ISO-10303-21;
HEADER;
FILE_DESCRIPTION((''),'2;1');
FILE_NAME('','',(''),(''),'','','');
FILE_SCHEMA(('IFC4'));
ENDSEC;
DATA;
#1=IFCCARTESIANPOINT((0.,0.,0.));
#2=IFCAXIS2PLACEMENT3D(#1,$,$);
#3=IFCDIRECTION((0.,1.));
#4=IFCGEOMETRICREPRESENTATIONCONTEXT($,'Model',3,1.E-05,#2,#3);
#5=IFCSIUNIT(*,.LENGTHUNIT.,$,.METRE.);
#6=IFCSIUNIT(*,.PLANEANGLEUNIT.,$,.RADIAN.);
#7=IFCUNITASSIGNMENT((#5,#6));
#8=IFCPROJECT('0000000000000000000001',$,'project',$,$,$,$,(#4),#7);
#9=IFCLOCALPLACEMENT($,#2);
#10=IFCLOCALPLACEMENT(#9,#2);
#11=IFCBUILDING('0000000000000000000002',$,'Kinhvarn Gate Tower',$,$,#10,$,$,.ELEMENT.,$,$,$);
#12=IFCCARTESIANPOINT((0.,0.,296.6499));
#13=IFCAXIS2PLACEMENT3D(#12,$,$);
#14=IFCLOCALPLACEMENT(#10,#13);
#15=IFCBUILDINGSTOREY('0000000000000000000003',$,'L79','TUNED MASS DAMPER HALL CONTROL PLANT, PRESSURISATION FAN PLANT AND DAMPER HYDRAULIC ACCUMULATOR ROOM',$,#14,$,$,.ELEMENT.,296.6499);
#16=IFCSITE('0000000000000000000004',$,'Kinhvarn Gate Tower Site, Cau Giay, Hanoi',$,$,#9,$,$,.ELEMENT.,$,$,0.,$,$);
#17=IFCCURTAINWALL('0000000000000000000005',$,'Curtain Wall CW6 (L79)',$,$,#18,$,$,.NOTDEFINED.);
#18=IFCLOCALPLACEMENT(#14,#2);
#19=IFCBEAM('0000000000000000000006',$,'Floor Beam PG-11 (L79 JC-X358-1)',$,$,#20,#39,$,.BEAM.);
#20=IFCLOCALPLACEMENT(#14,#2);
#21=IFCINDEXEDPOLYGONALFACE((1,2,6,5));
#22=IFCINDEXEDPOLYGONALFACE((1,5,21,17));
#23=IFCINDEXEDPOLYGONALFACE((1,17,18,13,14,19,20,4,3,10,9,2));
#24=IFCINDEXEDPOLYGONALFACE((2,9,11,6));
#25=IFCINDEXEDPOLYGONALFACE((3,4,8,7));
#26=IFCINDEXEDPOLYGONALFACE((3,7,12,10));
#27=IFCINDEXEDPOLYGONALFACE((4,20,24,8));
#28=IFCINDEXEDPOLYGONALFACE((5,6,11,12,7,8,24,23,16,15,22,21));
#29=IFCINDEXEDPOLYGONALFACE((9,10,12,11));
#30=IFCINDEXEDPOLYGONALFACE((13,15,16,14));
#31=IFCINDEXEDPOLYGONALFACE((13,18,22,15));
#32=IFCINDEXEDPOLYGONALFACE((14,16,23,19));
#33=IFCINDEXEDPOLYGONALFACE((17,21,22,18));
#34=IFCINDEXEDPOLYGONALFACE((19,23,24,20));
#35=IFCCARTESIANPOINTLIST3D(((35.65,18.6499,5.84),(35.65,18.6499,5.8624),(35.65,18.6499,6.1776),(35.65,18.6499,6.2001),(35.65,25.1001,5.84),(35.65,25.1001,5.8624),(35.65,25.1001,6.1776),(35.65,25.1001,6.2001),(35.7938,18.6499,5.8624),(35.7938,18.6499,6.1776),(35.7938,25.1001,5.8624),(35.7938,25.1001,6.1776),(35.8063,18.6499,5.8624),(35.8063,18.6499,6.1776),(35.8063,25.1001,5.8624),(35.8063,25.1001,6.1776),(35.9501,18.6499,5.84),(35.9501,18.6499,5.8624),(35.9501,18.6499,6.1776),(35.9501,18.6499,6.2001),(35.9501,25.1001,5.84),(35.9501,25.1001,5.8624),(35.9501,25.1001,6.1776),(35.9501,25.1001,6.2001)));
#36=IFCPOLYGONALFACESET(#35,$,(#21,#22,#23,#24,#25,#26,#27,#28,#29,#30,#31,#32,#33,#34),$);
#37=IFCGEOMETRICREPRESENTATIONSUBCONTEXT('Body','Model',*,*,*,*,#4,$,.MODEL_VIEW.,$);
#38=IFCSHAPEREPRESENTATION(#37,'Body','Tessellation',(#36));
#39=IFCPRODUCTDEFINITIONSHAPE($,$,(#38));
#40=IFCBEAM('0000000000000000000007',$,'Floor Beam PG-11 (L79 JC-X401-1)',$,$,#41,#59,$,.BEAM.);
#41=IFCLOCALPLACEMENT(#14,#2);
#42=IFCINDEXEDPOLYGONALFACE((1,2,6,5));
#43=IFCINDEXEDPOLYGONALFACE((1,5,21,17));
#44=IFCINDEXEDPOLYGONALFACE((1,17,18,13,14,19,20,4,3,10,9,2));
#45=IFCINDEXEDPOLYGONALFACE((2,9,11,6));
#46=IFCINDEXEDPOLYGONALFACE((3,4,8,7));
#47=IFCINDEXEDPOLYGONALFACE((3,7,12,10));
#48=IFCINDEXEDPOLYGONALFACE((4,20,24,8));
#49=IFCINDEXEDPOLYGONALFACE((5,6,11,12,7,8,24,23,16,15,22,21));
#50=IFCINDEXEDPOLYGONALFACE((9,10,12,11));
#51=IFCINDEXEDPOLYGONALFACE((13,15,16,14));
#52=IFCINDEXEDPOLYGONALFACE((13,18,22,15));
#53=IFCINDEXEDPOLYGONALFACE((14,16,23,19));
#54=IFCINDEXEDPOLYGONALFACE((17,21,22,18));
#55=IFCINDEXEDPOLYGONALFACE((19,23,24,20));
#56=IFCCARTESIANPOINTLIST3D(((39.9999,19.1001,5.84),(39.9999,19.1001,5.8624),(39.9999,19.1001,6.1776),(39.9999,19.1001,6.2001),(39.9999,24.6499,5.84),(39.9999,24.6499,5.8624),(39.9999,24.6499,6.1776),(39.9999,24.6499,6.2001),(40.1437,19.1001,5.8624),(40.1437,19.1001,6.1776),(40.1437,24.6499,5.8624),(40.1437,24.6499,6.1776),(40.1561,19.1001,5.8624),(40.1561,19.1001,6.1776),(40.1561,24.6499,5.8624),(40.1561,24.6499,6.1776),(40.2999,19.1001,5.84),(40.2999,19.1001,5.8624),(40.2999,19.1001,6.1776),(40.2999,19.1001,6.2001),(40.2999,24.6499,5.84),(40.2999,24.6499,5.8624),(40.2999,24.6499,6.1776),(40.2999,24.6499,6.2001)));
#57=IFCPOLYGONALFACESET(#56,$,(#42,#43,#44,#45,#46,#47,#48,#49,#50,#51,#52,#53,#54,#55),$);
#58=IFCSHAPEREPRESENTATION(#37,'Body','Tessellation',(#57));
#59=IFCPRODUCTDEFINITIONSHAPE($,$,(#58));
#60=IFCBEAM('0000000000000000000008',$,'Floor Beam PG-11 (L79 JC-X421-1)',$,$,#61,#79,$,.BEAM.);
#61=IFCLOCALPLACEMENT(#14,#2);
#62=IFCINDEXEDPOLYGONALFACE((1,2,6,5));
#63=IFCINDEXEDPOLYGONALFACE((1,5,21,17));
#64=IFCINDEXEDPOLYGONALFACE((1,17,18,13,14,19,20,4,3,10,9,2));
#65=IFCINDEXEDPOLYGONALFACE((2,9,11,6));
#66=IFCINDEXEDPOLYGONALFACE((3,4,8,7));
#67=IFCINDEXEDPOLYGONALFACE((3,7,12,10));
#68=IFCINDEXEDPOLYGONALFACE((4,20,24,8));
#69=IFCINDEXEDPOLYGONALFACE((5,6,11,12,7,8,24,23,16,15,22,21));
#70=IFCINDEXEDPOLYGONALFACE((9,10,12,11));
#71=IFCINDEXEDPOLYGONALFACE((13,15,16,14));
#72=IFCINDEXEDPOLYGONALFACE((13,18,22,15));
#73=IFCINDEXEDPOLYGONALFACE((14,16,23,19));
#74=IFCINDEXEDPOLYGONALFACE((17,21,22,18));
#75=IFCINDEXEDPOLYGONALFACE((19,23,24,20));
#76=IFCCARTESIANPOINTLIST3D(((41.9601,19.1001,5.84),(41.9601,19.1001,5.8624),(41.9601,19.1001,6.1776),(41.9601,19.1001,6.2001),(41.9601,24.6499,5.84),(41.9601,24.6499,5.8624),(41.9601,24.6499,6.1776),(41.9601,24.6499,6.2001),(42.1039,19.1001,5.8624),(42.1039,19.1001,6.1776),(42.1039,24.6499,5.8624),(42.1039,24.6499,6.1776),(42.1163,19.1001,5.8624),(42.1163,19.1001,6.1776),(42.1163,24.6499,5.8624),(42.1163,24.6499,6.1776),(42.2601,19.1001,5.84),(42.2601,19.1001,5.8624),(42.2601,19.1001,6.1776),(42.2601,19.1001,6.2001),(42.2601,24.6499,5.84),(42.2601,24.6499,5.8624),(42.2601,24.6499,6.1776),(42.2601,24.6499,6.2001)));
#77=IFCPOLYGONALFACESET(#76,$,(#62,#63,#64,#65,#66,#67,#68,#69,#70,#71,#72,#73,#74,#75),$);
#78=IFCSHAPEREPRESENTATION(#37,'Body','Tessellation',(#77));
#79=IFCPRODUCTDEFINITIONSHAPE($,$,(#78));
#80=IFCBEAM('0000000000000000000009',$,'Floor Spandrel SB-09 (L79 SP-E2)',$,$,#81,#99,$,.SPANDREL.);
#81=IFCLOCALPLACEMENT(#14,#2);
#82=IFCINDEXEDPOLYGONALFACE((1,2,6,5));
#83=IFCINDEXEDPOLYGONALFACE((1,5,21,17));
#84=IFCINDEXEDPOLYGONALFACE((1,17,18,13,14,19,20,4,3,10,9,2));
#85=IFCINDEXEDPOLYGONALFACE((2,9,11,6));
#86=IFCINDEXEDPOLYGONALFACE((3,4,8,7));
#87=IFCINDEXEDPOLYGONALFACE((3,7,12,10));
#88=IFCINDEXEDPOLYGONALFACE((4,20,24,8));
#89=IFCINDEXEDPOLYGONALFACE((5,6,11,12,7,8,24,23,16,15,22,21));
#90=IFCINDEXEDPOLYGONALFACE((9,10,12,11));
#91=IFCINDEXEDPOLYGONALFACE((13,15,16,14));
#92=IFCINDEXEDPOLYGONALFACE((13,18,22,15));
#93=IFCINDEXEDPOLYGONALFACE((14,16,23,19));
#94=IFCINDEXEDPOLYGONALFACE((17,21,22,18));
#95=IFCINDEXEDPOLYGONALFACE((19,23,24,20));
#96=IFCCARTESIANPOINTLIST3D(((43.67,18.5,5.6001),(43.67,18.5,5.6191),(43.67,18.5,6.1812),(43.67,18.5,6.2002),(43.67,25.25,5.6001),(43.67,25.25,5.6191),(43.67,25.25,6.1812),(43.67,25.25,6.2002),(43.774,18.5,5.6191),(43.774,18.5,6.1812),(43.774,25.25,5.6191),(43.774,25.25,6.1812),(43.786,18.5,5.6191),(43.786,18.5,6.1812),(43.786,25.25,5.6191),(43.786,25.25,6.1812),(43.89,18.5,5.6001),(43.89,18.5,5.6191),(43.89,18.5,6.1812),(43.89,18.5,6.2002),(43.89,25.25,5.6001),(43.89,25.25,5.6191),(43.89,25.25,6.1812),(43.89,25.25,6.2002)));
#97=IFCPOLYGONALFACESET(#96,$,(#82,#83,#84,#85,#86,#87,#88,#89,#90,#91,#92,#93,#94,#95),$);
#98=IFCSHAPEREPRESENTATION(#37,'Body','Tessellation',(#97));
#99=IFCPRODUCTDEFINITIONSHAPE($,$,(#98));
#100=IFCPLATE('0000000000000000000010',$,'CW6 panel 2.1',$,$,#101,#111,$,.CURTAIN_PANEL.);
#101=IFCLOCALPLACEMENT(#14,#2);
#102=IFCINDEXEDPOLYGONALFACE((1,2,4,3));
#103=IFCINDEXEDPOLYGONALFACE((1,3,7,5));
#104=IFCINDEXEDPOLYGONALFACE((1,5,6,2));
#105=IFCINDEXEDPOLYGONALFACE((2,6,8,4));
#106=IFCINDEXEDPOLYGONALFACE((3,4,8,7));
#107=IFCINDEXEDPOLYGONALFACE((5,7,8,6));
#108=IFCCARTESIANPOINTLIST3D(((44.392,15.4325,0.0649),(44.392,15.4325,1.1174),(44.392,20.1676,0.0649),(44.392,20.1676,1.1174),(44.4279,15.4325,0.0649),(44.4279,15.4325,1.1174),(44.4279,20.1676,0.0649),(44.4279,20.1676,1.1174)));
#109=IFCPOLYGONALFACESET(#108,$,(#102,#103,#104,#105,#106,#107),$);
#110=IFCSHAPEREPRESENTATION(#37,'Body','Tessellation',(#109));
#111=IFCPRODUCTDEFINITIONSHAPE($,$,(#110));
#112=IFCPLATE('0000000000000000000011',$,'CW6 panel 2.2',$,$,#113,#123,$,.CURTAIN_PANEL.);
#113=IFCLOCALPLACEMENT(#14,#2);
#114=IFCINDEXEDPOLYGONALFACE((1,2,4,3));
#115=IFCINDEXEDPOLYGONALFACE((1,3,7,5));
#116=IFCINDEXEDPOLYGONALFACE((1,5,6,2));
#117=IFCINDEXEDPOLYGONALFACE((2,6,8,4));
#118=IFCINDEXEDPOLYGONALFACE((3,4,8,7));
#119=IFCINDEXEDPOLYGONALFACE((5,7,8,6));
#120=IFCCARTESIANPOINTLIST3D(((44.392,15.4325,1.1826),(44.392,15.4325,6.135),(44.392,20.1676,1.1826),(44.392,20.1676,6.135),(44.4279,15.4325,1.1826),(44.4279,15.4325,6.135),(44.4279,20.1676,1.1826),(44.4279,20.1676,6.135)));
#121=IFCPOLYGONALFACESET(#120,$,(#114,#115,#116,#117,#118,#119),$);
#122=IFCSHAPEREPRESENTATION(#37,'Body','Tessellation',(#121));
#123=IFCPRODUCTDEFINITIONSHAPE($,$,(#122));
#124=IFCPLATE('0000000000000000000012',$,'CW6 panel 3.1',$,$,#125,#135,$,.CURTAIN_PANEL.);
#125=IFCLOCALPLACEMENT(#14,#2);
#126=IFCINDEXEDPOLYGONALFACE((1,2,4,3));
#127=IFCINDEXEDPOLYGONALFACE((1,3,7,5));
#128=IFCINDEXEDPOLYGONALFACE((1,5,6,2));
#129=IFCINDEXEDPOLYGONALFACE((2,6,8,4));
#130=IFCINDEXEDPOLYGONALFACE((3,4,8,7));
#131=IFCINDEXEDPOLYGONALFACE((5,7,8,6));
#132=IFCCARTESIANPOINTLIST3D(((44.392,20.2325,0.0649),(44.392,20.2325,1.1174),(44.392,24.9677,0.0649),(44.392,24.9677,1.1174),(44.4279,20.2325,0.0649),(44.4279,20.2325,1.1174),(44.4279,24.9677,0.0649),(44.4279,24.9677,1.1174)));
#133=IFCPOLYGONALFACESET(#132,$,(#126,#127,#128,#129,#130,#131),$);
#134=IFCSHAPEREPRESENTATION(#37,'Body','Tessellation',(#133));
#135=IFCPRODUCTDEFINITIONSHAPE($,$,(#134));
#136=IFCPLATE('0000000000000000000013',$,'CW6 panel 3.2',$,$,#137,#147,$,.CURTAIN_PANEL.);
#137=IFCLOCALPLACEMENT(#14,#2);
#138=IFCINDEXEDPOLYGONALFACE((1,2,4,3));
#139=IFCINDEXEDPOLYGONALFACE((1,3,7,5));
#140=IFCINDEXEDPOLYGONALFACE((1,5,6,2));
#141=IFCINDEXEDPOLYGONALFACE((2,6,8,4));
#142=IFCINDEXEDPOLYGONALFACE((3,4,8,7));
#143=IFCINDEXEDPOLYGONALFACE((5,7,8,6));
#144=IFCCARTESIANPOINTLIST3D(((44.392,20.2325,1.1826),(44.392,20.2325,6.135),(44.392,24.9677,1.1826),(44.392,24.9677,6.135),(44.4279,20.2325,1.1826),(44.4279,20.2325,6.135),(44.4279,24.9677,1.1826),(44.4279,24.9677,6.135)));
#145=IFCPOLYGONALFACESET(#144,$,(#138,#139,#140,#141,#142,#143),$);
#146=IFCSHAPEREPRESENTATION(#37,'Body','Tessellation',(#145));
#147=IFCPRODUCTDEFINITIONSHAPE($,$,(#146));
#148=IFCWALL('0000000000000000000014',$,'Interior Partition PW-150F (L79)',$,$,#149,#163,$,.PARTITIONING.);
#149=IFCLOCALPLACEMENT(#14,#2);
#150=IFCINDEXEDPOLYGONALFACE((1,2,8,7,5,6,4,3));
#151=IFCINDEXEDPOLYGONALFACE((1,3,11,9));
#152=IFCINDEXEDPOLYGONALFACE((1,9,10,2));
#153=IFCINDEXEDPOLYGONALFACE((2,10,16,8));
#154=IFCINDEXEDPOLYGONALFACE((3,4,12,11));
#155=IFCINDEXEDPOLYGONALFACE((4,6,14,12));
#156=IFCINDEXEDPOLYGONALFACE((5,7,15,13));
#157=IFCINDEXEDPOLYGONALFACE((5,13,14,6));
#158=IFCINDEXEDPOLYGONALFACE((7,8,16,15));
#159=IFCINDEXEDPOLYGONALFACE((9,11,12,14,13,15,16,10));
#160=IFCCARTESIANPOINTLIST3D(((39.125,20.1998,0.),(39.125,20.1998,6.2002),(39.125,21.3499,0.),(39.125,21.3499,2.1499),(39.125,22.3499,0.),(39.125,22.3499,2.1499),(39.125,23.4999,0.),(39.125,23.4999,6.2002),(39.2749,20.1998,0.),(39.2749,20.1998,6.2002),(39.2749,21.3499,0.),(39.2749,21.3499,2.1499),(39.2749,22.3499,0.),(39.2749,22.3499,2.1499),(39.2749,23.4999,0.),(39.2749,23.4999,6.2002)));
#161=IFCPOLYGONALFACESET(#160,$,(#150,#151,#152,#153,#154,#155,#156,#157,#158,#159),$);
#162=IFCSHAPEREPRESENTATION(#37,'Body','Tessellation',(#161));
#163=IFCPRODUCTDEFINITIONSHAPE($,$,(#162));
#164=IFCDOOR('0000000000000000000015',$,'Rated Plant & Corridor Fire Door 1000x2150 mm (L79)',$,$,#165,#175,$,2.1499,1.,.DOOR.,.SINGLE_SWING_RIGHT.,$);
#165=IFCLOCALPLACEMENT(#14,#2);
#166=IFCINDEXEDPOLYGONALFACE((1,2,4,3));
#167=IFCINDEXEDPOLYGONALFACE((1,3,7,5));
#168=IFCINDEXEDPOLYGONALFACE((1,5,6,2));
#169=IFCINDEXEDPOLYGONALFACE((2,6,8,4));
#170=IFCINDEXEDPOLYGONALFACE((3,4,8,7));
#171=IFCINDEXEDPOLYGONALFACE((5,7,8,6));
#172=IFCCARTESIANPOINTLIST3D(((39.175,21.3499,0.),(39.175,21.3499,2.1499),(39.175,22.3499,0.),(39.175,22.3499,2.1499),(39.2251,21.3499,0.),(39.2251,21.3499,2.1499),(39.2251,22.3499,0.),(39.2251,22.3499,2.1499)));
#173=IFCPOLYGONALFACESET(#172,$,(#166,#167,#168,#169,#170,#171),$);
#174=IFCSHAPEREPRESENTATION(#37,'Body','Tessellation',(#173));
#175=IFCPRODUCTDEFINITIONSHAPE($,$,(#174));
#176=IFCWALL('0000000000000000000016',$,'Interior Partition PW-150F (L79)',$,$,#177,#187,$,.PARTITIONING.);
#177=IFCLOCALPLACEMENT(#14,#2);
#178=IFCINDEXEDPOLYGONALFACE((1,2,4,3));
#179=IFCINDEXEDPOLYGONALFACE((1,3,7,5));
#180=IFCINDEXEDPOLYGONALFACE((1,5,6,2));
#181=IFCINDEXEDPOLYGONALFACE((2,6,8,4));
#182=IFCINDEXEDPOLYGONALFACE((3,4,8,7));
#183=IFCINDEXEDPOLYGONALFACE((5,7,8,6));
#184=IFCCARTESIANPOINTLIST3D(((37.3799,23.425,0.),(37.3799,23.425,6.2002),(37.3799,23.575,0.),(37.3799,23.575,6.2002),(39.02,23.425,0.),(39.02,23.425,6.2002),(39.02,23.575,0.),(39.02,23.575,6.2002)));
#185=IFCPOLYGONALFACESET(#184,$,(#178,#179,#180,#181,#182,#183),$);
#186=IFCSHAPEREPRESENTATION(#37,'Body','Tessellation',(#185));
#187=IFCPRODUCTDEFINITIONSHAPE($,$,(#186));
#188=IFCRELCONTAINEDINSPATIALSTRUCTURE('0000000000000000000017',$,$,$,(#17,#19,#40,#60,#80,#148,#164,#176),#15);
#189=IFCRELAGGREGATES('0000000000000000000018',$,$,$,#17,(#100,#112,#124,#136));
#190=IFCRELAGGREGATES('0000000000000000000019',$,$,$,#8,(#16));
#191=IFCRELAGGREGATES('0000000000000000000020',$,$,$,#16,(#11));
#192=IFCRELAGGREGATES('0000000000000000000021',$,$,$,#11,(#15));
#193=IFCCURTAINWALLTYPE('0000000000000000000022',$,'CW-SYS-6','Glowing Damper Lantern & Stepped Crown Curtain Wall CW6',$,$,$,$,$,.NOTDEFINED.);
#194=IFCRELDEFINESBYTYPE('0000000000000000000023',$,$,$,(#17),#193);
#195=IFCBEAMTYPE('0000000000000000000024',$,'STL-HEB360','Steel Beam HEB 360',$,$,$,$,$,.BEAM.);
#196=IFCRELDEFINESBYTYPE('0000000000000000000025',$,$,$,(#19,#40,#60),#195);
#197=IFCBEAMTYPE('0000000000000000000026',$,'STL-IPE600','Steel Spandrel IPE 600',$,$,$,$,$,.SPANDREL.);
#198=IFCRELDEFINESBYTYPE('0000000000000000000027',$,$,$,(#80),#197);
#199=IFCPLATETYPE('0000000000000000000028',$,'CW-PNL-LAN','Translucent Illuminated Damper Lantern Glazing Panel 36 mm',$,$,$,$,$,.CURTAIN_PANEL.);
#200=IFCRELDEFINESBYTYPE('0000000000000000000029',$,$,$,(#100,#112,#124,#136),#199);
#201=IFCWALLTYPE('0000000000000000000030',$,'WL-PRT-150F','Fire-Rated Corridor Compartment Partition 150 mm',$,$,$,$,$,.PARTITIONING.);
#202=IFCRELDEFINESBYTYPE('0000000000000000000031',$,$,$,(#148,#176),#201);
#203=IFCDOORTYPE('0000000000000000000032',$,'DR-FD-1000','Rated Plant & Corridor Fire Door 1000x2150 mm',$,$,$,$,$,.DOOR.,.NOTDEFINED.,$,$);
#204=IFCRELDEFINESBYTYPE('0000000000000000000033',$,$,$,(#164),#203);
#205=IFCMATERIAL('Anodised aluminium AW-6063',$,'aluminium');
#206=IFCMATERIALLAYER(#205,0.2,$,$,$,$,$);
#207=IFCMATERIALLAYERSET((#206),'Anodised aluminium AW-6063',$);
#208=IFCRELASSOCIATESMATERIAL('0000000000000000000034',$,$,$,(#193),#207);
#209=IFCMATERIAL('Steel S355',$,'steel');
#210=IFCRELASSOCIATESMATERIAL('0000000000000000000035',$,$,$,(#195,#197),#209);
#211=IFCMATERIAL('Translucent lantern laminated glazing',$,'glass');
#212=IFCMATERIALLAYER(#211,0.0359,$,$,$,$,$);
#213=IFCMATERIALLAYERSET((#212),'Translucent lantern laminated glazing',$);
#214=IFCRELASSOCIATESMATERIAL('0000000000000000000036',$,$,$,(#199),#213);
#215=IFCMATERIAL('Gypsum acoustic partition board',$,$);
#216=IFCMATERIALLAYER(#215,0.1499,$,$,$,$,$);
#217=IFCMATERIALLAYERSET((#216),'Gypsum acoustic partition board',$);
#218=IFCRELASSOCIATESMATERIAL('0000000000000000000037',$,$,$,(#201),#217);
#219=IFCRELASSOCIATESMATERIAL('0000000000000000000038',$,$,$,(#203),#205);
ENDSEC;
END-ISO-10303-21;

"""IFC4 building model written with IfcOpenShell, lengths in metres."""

from ifc_helpers import new_model, si_unit, direction, frame, frame_2d, origin, origin_2d, place, context, subcontext, project, spatial, rectangle, i_section, extrude, material, layer, layer_set, material_profile, profile_set, type_object, element, fill, aggregate, save


model = new_model("IFC4")

# Units and contexts
model_context = context("Model", 3, precision=1e-05, world=origin(), true_north=direction((0.0, 1.0)))
body_context = subcontext(model_context, "Body", "Model", "MODEL_VIEW")
ifc_project = project(units=[si_unit("LENGTHUNIT", "METRE"), si_unit("PLANEANGLEUNIT", "RADIAN")], contexts=[model_context])

# Site, building, storey
site_placement = place(None, origin())
site = spatial("IfcSite", under=ifc_project, at=site_placement, Name="Kinhvarn Gate Tower Site, Cau Giay, Hanoi", CompositionType="ELEMENT", RefElevation=0.0)
building_placement = place(site_placement, origin())
building = spatial("IfcBuilding", under=site, at=building_placement, Name="Kinhvarn Gate Tower", CompositionType="ELEMENT")
storey_placement = place(building_placement, frame((0.0, 0.0, 296.6499)))
storey = spatial("IfcBuildingStorey", under=building, at=storey_placement, Name="L79", Description="TUNED MASS DAMPER HALL CONTROL PLANT, PRESSURISATION FAN PLANT AND DAMPER HYDRAULIC ACCUMULATOR ROOM", CompositionType="ELEMENT", Elevation=296.6499)

# Shared definitions
ifc_material_1 = material(Name="Steel S355", Category="steel")

# Curtain wall
ifc_material_2 = material(Name="Anodised aluminium AW-6063", Category="aluminium")
ifc_layer_1 = layer(ifc_material_2, 0.2)
ifc_layer_set_1 = layer_set([ifc_layer_1], Name="Anodised aluminium AW-6063")
curtain_wall_type = type_object("IfcCurtainWallType", Name="CW-SYS-6", Description="Glowing Damper Lantern & Stepped Crown Curtain Wall CW6", PredefinedType="NOTDEFINED", material=ifc_layer_set_1)
curtain_wall_placement = place(storey_placement, origin())
curtain_wall = element("IfcCurtainWall", 1, at=curtain_wall_placement, inside=storey, type_object=curtain_wall_type, Name="Curtain Wall CW6 (L79)", PredefinedType="NOTDEFINED")

# Beams
ifc_material_profile_1 = material_profile(ifc_material_1, i_section(OverallWidth=0.3, OverallDepth=0.3601, WebThickness=0.0125, FlangeThickness=0.0225, at=origin_2d()), Name="HEB 360")
ifc_profile_set_1 = profile_set([ifc_material_profile_1], Name="Steel S355")
beam_type_1 = type_object("IfcBeamType", Name="STL-HEB360", Description="Steel Beam HEB 360", PredefinedType="BEAM", material=ifc_profile_set_1)
beam_1_placement = place(storey_placement, frame((35.8, 18.6499, 6.02), z_axis=(0.0, 1.0, 0.0), x_axis=(-1.0, 0.0, 0.0)))
element("IfcBeam", 2, at=beam_1_placement, inside=storey, type_object=beam_type_1, Name="Floor Beam PG-11 (L79 JC-X358-1)", PredefinedType="BEAM", context=body_context, shape_type="SweptSolid", body=[
    extrude(i_section(OverallWidth=0.3, OverallDepth=0.3601, WebThickness=0.0125, FlangeThickness=0.0225, at=origin_2d()), origin(), (0.0, 0.0, 1.0), 6.4502),
])
for number, where, z_axis, x_axis, name in (
    (3, (40.1499, 19.1001, 6.02), (0.0, 1.0, 0.0), (-1.0, 0.0, 0.0), "Floor Beam PG-11 (L79 JC-X401-1)"),
    (4, (42.1101, 19.1001, 6.02), (0.0, 1.0, 0.0), (-1.0, 0.0, 0.0), "Floor Beam PG-11 (L79 JC-X421-1)"),
):
    element("IfcBeam", number, at=place(storey_placement, frame(where, z_axis=z_axis, x_axis=x_axis)), inside=storey, type_object=beam_type_1, Name=name, PredefinedType="BEAM", context=body_context, shape_type="SweptSolid", body=[
        extrude(i_section(OverallWidth=0.3, OverallDepth=0.3601, WebThickness=0.0125, FlangeThickness=0.0225, at=origin_2d()), origin(), (0.0, 0.0, 1.0), 5.5498),
    ])
ifc_material_profile_2 = material_profile(ifc_material_1, i_section(OverallWidth=0.22, OverallDepth=0.6001, WebThickness=0.012, FlangeThickness=0.019, at=origin_2d()), Name="IPE 600")
ifc_profile_set_2 = profile_set([ifc_material_profile_2], Name="Steel S355")
beam_type_2 = type_object("IfcBeamType", Name="STL-IPE600", Description="Steel Spandrel IPE 600", PredefinedType="SPANDREL", material=ifc_profile_set_2)
beam_2_placement = place(storey_placement, frame((43.78, 18.5, 5.9001), z_axis=(0.0, 1.0, 0.0), x_axis=(-1.0, 0.0, 0.0)))
element("IfcBeam", 5, at=beam_2_placement, inside=storey, type_object=beam_type_2, Name="Floor Spandrel SB-09 (L79 SP-E2)", PredefinedType="SPANDREL", context=body_context, shape_type="SweptSolid", body=[
    extrude(i_section(OverallWidth=0.22, OverallDepth=0.6001, WebThickness=0.012, FlangeThickness=0.019, at=origin_2d()), origin(), (0.0, 0.0, 1.0), 6.75),
])

# Plates
ifc_material_3 = material(Name="Translucent lantern laminated glazing", Category="glass")
ifc_layer_2 = layer(ifc_material_3, 0.0359)
ifc_layer_set_2 = layer_set([ifc_layer_2], Name="Translucent lantern laminated glazing")
plate_type = type_object("IfcPlateType", Name="CW-PNL-LAN", Description="Translucent Illuminated Damper Lantern Glazing Panel 36 mm", PredefinedType="CURTAIN_PANEL", material=ifc_layer_set_2)
plate_1_placement = place(storey_placement, frame((44.4099, 17.8, 0.0649), z_axis=(0.0, 0.0, 1.0), x_axis=(0.0, 1.0, 0.0)))
plate_1 = element("IfcPlate", 6, at=plate_1_placement, type_object=plate_type, Name="CW6 panel 2.1", PredefinedType="CURTAIN_PANEL", context=body_context, shape_type="SweptSolid", body=[
    extrude(rectangle(XDim=4.7351, YDim=0.0359, at=origin_2d()), origin(), (0.0, 0.0, 1.0), 1.0525),
])
plate_2_placement = place(storey_placement, frame((44.4099, 17.8, 1.1826), z_axis=(0.0, 0.0, 1.0), x_axis=(0.0, 1.0, 0.0)))
plate_2 = element("IfcPlate", 7, at=plate_2_placement, type_object=plate_type, Name="CW6 panel 2.2", PredefinedType="CURTAIN_PANEL", context=body_context, shape_type="SweptSolid", body=[
    extrude(rectangle(XDim=4.7351, YDim=0.0359, at=origin_2d()), origin(), (0.0, 0.0, 1.0), 4.9524),
])
plate_3_placement = place(storey_placement, frame((44.4099, 22.6001, 0.0649), z_axis=(0.0, 0.0, 1.0), x_axis=(0.0, 1.0, 0.0)))
plate_3 = element("IfcPlate", 8, at=plate_3_placement, type_object=plate_type, Name="CW6 panel 3.1", PredefinedType="CURTAIN_PANEL", context=body_context, shape_type="SweptSolid", body=[
    extrude(rectangle(XDim=4.7351, YDim=0.0359, at=origin_2d()), origin(), (0.0, 0.0, 1.0), 1.0525),
])
plate_4_placement = place(storey_placement, frame((44.4099, 22.6001, 1.1826), z_axis=(0.0, 0.0, 1.0), x_axis=(0.0, 1.0, 0.0)))
plate_4 = element("IfcPlate", 9, at=plate_4_placement, type_object=plate_type, Name="CW6 panel 3.2", PredefinedType="CURTAIN_PANEL", context=body_context, shape_type="SweptSolid", body=[
    extrude(rectangle(XDim=4.7351, YDim=0.0359, at=origin_2d()), origin(), (0.0, 0.0, 1.0), 4.9524),
])
aggregate(curtain_wall, [plate_1, plate_2, plate_3, plate_4])

# Wall, opening, door
ifc_material_4 = material(Name="Gypsum acoustic partition board")
ifc_layer_3 = layer(ifc_material_4, 0.1499)
ifc_layer_set_3 = layer_set([ifc_layer_3], Name="Gypsum acoustic partition board")
wall_type = type_object("IfcWallType", Name="WL-PRT-150F", Description="Fire-Rated Corridor Compartment Partition 150 mm", PredefinedType="PARTITIONING", material=ifc_layer_set_3)
wall_1_placement = place(storey_placement, frame((39.2, 20.2, 0.0), z_axis=(0.0, 0.0, 1.0), x_axis=(0.0, 1.0, 0.0)))
wall_1 = element("IfcWall", 10, at=wall_1_placement, inside=storey, type_object=wall_type, Name="Interior Partition PW-150F (L79)", PredefinedType="PARTITIONING", context=body_context, shape_type="SweptSolid", body=[
    extrude(rectangle(XDim=3.3, YDim=0.1499, at=frame_2d((1.6499, 0.0))), origin(), (0.0, 0.0, 1.0), 6.2002),
])
opening_placement = place(wall_1_placement, frame((1.1499, 0.0, 0.0)))
opening = element("IfcOpeningElement", 11, at=opening_placement, cuts=wall_1, PredefinedType="OPENING", context=body_context, shape_type="SweptSolid", body=[
    extrude(rectangle(XDim=1.0, YDim=2.1499, at=frame_2d((0.5, 1.075))), frame((0.0, 0.085, 0.0), z_axis=(0.0, -1.0, 0.0), x_axis=(1.0, 0.0, 0.0)), (0.0, 0.0, 1.0), 0.1699),
])
door_type = type_object("IfcDoorType", Name="DR-FD-1000", Description="Rated Plant & Corridor Fire Door 1000x2150 mm", OperationType="NOTDEFINED", PredefinedType="DOOR", material=ifc_material_2)
door_placement = place(opening_placement, origin())
door = element("IfcDoor", 12, at=door_placement, inside=storey, type_object=door_type, Name="Rated Plant & Corridor Fire Door 1000x2150 mm (L79)", OperationType="SINGLE_SWING_RIGHT", OverallHeight=2.1499, OverallWidth=1.0, PredefinedType="DOOR", context=body_context, shape_type="SweptSolid", body=[
    extrude(rectangle(XDim=1.0, YDim=2.1499, at=frame_2d((0.5, 1.075))), frame((0.0, 0.0249, 0.0), z_axis=(0.0, -1.0, 0.0), x_axis=(1.0, 0.0, 0.0)), (0.0, 0.0, 1.0), 0.05),
])
fill(opening, door)

# Wall
wall_2_placement = place(storey_placement, frame((37.3799, 23.5, 0.0), z_axis=(0.0, 0.0, 1.0), x_axis=(1.0, 0.0, 0.0)))
element("IfcWall", 13, at=wall_2_placement, inside=storey, type_object=wall_type, Name="Interior Partition PW-150F (L79)", PredefinedType="PARTITIONING", context=body_context, shape_type="SweptSolid", body=[
    extrude(rectangle(XDim=1.6401, YDim=0.1499, at=frame_2d((0.8201, 0.0))), origin(), (0.0, 0.0, 1.0), 6.2002),
])

save(model, "model.ifc")
